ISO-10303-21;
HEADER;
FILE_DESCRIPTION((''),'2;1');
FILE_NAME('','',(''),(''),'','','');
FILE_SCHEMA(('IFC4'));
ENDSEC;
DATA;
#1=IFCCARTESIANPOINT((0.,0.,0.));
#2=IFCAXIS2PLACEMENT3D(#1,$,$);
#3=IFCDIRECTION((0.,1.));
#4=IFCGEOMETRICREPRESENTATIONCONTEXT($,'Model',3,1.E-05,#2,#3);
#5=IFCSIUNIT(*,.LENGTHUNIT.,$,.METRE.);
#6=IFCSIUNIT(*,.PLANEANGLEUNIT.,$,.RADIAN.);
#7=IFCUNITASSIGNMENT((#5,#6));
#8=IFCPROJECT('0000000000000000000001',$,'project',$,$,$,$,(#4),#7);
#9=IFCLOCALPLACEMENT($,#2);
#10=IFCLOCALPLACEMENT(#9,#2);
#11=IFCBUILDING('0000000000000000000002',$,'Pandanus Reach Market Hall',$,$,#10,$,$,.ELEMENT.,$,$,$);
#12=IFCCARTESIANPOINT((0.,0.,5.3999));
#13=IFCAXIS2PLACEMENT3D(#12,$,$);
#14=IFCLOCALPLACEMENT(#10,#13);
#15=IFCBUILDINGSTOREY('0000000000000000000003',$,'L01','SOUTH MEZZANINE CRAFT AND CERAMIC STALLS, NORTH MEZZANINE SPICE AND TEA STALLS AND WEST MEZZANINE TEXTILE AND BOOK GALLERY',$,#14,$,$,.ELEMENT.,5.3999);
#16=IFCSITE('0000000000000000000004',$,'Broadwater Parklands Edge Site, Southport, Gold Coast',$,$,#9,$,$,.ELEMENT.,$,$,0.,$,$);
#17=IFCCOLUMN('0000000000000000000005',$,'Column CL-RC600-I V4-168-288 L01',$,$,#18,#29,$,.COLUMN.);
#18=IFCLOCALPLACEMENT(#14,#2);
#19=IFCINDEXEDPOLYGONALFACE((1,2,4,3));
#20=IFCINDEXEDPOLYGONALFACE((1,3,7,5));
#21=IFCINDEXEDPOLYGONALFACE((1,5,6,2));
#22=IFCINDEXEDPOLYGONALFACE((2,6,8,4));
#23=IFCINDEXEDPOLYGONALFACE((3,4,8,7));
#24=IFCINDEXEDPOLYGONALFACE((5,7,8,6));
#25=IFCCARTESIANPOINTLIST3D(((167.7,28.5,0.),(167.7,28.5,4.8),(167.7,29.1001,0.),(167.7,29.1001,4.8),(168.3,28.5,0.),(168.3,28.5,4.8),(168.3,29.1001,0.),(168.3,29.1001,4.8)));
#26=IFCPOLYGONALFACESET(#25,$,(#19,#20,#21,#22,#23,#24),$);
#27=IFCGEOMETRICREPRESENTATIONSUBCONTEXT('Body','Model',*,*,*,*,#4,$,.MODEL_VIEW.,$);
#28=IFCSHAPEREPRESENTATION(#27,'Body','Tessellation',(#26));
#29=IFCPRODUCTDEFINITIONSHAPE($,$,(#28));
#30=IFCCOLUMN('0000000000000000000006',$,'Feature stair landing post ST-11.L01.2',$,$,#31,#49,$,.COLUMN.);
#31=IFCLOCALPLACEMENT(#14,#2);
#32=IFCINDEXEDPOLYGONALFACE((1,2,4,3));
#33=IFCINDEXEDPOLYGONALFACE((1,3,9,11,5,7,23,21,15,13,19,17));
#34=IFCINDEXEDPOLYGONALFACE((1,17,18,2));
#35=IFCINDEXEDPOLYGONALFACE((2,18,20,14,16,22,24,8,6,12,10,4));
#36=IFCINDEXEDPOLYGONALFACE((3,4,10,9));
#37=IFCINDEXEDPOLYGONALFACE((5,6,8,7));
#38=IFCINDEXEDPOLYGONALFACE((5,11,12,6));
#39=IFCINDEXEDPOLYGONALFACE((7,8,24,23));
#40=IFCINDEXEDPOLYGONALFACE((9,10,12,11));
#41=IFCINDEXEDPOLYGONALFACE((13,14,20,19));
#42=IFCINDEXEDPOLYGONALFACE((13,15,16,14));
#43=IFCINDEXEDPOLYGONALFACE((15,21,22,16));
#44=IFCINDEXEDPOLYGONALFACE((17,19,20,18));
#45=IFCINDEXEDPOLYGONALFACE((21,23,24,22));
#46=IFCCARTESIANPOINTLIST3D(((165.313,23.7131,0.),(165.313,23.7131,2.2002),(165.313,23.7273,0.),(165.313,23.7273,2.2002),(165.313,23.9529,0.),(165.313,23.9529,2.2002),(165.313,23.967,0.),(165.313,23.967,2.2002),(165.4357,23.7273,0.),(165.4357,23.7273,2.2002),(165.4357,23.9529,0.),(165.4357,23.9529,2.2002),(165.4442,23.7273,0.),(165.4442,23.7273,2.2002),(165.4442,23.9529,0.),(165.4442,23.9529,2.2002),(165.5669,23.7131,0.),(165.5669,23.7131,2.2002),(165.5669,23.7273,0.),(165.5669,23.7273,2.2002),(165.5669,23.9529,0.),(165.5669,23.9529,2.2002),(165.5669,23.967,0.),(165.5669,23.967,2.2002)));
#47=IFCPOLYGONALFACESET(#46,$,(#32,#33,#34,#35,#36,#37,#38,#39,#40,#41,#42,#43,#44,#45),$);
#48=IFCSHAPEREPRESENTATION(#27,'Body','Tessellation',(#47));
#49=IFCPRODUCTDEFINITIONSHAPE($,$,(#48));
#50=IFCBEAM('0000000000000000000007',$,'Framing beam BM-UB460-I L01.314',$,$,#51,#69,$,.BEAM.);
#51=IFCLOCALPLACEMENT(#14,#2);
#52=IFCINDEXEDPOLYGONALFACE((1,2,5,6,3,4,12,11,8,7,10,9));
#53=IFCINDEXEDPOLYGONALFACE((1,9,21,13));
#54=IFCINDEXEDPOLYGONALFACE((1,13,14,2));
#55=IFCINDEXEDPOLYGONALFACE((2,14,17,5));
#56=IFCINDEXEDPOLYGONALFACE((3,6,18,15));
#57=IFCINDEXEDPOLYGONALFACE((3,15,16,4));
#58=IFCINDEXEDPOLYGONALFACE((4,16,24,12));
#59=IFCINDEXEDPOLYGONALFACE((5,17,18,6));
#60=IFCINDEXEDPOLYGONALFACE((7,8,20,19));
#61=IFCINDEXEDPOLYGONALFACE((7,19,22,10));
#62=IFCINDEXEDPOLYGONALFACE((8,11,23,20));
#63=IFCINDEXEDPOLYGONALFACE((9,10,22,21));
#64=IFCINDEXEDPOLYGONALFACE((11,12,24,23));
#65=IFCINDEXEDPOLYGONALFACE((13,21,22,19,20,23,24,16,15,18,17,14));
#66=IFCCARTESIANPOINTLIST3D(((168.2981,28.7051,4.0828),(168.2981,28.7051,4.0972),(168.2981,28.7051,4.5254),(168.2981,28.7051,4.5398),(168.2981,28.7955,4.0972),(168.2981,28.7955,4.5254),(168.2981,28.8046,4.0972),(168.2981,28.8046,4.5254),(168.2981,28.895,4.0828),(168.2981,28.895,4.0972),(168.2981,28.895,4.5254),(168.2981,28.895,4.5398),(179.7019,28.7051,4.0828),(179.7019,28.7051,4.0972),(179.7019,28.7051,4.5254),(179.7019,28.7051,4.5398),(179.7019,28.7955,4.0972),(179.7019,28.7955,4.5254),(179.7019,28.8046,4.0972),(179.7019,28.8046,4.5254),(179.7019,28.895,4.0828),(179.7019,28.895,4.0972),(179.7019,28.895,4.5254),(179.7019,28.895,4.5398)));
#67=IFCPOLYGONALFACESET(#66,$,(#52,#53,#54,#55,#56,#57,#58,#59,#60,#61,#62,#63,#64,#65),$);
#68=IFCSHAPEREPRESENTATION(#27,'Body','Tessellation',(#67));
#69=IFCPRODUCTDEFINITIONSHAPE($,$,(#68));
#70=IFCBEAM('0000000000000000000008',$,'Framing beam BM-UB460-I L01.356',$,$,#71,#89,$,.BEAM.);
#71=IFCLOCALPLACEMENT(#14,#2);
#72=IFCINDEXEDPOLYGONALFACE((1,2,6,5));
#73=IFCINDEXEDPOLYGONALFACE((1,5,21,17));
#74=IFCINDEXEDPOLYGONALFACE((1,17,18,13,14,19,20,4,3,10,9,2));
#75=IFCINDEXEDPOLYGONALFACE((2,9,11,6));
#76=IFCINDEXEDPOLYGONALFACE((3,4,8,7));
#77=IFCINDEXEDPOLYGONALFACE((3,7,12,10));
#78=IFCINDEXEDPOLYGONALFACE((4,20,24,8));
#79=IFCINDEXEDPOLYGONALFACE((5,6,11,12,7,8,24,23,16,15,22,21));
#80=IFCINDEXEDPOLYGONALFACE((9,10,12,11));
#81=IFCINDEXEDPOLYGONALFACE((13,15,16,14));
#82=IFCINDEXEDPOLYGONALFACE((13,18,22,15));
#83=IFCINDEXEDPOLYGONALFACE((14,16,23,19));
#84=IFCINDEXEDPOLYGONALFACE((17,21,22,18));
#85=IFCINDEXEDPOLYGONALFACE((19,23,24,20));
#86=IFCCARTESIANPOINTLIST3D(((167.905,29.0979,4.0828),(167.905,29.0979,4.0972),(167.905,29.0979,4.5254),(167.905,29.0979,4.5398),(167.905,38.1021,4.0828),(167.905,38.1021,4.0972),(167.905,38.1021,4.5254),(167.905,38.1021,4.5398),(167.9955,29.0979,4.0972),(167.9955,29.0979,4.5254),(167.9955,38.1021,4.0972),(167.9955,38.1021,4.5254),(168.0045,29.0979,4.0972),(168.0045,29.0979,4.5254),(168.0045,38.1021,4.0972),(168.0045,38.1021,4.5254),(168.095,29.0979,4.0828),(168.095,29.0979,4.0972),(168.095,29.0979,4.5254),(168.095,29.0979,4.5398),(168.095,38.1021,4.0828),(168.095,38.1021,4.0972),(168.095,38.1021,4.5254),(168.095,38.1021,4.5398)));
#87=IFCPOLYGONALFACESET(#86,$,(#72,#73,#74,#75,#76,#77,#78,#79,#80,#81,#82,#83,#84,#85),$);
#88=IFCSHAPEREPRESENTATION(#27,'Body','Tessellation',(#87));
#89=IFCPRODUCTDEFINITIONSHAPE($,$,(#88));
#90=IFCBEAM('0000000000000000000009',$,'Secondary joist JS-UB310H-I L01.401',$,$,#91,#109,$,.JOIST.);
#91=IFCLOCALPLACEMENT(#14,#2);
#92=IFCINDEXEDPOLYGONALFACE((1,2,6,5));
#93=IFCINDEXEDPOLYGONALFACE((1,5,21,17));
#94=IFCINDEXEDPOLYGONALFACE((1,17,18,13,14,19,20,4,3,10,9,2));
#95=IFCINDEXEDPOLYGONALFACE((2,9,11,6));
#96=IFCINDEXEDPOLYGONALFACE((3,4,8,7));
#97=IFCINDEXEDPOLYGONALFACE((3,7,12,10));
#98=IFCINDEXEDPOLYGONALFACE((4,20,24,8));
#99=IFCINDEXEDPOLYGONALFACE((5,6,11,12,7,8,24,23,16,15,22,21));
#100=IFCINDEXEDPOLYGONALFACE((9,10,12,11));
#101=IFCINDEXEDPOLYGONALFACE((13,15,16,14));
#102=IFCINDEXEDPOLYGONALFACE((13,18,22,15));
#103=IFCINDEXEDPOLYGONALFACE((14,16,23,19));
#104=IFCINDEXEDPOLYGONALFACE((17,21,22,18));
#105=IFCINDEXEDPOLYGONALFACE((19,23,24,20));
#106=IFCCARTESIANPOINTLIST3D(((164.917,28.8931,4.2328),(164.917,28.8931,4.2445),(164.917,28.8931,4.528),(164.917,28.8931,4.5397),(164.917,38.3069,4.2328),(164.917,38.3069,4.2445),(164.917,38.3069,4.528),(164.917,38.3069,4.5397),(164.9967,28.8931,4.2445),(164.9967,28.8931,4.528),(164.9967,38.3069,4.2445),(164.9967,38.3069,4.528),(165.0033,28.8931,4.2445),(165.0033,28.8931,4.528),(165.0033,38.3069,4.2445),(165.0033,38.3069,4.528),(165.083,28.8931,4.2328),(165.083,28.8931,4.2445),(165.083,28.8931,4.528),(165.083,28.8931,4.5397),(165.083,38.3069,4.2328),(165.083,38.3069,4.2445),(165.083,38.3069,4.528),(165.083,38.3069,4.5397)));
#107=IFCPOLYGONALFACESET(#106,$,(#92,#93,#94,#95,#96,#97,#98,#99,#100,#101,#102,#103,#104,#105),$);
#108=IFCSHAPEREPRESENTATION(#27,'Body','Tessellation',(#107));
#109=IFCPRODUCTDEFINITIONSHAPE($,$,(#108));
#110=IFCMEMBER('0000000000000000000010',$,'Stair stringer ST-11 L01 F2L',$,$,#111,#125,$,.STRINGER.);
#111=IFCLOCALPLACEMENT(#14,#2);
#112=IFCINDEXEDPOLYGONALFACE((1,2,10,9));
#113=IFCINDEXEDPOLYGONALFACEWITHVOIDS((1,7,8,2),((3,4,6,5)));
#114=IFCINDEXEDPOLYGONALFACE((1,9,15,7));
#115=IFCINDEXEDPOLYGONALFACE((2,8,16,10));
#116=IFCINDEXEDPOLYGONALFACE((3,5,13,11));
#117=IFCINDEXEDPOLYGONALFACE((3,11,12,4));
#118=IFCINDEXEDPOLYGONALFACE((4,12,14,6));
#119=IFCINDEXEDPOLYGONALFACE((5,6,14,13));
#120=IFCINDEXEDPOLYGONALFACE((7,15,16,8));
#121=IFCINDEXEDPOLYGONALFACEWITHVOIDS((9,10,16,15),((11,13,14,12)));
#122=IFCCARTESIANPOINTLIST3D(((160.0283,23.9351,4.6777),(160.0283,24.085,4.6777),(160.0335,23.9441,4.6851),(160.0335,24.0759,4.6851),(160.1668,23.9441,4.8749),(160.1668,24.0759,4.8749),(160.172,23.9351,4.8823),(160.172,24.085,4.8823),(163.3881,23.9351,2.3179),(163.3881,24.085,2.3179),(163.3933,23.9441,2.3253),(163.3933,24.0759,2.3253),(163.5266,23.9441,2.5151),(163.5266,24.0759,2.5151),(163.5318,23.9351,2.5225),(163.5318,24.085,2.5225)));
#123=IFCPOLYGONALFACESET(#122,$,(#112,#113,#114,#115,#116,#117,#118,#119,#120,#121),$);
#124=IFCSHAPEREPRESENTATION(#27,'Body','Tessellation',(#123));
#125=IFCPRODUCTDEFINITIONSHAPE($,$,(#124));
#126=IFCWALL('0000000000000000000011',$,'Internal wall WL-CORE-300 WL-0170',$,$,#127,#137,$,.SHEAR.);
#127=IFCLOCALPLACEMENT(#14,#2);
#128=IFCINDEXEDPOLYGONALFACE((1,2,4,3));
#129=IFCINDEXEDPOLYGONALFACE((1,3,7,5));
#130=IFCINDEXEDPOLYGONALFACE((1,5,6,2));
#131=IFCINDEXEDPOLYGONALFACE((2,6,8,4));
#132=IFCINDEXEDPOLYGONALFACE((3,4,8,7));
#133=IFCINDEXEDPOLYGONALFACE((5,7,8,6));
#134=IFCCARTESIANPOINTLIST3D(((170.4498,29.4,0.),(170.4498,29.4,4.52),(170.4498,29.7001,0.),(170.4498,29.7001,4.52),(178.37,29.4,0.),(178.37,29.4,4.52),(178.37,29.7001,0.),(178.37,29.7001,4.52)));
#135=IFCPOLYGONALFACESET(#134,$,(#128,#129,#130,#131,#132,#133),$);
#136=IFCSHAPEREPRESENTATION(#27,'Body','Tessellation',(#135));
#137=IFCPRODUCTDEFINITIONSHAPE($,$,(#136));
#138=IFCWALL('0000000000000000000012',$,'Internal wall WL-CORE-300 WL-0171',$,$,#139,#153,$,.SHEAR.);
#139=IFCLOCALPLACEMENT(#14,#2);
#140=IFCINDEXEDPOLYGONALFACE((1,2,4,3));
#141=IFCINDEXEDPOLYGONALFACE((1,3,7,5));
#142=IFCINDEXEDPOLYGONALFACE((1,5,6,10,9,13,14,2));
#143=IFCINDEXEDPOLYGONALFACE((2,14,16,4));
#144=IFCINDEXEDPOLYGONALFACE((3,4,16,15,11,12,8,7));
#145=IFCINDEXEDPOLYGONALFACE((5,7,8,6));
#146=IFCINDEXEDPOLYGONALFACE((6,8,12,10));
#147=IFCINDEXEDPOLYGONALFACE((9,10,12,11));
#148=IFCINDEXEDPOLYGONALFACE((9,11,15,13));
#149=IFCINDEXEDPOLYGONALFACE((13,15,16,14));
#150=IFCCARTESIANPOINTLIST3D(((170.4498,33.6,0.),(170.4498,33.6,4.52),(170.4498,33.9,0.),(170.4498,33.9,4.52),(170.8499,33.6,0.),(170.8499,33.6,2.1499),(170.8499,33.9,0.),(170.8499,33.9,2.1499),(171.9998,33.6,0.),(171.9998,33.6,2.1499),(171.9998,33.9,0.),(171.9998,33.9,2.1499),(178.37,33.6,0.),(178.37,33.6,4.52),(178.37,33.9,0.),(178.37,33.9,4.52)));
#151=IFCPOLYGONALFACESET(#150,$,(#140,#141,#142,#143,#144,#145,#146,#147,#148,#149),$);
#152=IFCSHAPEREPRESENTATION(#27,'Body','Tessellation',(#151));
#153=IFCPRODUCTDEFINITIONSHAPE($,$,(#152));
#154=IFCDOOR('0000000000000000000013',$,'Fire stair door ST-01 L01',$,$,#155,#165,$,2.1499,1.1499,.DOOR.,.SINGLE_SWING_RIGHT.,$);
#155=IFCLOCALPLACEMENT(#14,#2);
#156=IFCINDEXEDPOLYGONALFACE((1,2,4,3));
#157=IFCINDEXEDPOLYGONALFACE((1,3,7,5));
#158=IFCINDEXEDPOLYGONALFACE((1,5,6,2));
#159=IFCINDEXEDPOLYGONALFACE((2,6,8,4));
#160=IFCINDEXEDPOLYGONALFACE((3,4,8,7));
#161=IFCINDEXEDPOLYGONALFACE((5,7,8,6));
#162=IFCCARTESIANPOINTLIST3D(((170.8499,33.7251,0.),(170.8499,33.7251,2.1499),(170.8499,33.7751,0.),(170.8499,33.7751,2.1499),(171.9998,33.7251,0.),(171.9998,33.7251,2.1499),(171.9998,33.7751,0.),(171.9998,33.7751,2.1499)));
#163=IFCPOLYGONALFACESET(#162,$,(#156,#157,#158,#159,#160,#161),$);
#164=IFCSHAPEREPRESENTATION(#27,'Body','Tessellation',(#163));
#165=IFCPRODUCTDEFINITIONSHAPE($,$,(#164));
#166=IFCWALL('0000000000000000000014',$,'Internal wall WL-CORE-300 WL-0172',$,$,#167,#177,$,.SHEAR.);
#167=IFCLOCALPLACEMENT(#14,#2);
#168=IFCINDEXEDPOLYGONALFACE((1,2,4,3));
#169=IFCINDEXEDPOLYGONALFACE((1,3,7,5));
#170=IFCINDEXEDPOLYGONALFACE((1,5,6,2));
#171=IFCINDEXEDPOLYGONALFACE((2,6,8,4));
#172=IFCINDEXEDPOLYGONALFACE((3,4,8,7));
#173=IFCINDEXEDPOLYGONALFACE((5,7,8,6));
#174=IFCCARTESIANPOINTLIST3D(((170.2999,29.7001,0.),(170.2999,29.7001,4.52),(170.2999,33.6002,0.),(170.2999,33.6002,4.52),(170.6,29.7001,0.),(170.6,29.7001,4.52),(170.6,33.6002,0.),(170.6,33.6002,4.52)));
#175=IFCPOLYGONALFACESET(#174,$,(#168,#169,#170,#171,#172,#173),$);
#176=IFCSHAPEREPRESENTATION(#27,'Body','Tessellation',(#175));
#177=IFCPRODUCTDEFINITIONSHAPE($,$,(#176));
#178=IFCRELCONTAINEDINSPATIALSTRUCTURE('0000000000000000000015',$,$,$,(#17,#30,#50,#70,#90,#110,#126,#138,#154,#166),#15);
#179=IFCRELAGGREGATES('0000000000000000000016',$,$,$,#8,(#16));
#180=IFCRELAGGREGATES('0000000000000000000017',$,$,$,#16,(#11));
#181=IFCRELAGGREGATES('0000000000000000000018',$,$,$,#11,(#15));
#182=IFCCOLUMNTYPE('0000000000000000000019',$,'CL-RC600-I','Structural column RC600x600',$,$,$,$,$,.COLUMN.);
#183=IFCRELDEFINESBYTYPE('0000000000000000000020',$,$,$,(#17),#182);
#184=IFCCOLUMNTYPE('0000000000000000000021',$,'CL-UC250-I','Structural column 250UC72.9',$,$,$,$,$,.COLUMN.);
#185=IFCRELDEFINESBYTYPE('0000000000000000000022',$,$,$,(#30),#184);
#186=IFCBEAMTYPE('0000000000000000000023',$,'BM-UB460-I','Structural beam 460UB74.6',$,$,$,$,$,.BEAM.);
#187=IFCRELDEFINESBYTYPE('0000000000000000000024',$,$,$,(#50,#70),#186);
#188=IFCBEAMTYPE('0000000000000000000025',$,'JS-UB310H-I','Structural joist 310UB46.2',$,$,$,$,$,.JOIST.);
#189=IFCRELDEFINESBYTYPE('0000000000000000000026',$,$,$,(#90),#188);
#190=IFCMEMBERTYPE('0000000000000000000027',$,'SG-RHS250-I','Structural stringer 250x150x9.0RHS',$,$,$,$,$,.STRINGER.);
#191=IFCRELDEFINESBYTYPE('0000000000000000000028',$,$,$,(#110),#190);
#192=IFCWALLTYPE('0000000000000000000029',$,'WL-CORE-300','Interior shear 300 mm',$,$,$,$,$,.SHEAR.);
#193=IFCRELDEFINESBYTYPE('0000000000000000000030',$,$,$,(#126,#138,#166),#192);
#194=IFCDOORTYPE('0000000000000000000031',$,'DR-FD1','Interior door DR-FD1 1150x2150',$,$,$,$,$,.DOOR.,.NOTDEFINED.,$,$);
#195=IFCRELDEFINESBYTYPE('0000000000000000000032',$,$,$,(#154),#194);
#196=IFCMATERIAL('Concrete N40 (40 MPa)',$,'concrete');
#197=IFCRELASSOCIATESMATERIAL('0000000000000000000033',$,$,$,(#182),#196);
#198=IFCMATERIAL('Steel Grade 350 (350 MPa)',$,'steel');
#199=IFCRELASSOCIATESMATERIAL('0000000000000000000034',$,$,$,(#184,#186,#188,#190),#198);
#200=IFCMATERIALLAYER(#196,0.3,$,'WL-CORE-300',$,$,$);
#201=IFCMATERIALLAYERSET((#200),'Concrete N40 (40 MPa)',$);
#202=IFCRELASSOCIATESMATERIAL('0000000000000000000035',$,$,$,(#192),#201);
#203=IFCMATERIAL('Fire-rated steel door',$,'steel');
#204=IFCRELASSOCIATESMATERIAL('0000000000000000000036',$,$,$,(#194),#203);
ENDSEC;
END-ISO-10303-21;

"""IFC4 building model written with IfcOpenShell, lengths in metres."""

from ifc_helpers import new_model, si_unit, direction, frame, frame_2d, origin, origin_2d, place, context, subcontext, project, spatial, rectangle, hollow_rectangle, i_section, extrude, material, layer, layer_set, material_profile, profile_set, type_object, element, fill, save


model = new_model("IFC4")

# Units and contexts
model_context = context("Model", 3, precision=1e-05, world=origin(), true_north=direction((0.0, 1.0)))
body_context = subcontext(model_context, "Body", "Model", "MODEL_VIEW")
ifc_project = project(units=[si_unit("LENGTHUNIT", "METRE"), si_unit("PLANEANGLEUNIT", "RADIAN")], contexts=[model_context])

# Site, building, storey
site_placement = place(None, origin())
site = spatial("IfcSite", under=ifc_project, at=site_placement, Name="Broadwater Parklands Edge Site, Southport, Gold Coast", CompositionType="ELEMENT", RefElevation=0.0)
building_placement = place(site_placement, origin())
building = spatial("IfcBuilding", under=site, at=building_placement, Name="Pandanus Reach Market Hall", CompositionType="ELEMENT")
storey_placement = place(building_placement, frame((0.0, 0.0, 5.3999)))
storey = spatial("IfcBuildingStorey", under=building, at=storey_placement, Name="L01", Description="SOUTH MEZZANINE CRAFT AND CERAMIC STALLS, NORTH MEZZANINE SPICE AND TEA STALLS AND WEST MEZZANINE TEXTILE AND BOOK GALLERY", CompositionType="ELEMENT", Elevation=5.3999)

# Columns
ifc_material_1 = material(Name="Concrete N40 (40 MPa)", Category="concrete")
ifc_material_profile_1 = material_profile(ifc_material_1, rectangle(XDim=0.6001, YDim=0.6001, at=origin_2d()), Name="RC600x600", Category="LoadBearing")
ifc_profile_set_1 = profile_set([ifc_material_profile_1], Name="Concrete N40 (40 MPa)")
column_type_1 = type_object("IfcColumnType", Name="CL-RC600-I", Description="Structural column RC600x600", PredefinedType="COLUMN", material=ifc_profile_set_1)
column_1_placement = place(storey_placement, frame((168.0, 28.8, 0.0), z_axis=(0.0, 0.0, 1.0), x_axis=(1.0, 0.0, 0.0)))
element("IfcColumn", 1, at=column_1_placement, inside=storey, type_object=column_type_1, Name="Column CL-RC600-I V4-168-288 L01", PredefinedType="COLUMN", context=body_context, shape_type="SweptSolid", body=[
    extrude(rectangle(XDim=0.6001, YDim=0.6001, at=origin_2d()), origin(), (0.0, 0.0, 1.0), 4.8),
])
ifc_material_2 = material(Name="Steel Grade 350 (350 MPa)", Category="steel")
ifc_material_profile_2 = material_profile(ifc_material_2, i_section(OverallWidth=0.2539, OverallDepth=0.2539, WebThickness=0.0085, FlangeThickness=0.0142, at=origin_2d()), Name="250UC72.9", Category="LoadBearing")
ifc_profile_set_2 = profile_set([ifc_material_profile_2], Name="Steel Grade 350 (350 MPa)")
column_type_2 = type_object("IfcColumnType", Name="CL-UC250-I", Description="Structural column 250UC72.9", PredefinedType="COLUMN", material=ifc_profile_set_2)
column_2_placement = place(storey_placement, frame((165.4399, 23.8401, 0.0), z_axis=(0.0, 0.0, 1.0), x_axis=(1.0, 0.0, 0.0)))
element("IfcColumn", 2, at=column_2_placement, inside=storey, type_object=column_type_2, Name="Feature stair landing post ST-11.L01.2", PredefinedType="COLUMN", context=body_context, shape_type="SweptSolid", body=[
    extrude(i_section(OverallWidth=0.2539, OverallDepth=0.2539, WebThickness=0.0085, FlangeThickness=0.0142, at=origin_2d()), origin(), (0.0, 0.0, 1.0), 2.2002),
])

# Beams
ifc_material_profile_3 = material_profile(ifc_material_2, i_section(OverallWidth=0.1899, OverallDepth=0.457, WebThickness=0.009, FlangeThickness=0.0144, at=origin_2d()), Name="460UB74.6", Category="LoadBearing")
ifc_profile_set_3 = profile_set([ifc_material_profile_3], Name="Steel Grade 350 (350 MPa)")
beam_type_1 = type_object("IfcBeamType", Name="BM-UB460-I", Description="Structural beam 460UB74.6", PredefinedType="BEAM", material=ifc_profile_set_3)
beam_1_placement = place(storey_placement, frame((168.2981, 28.8, 4.3113), z_axis=(1.0, 0.0, 0.0), x_axis=(0.0, 1.0, 0.0)))
element("IfcBeam", 3, at=beam_1_placement, inside=storey, type_object=beam_type_1, Name="Framing beam BM-UB460-I L01.314", PredefinedType="BEAM", context=body_context, shape_type="SweptSolid", body=[
    extrude(i_section(OverallWidth=0.1899, OverallDepth=0.457, WebThickness=0.009, FlangeThickness=0.0144, at=origin_2d()), origin(), (0.0, 0.0, 1.0), 11.4038),
])
beam_2_placement = place(storey_placement, frame((168.0, 29.0979, 4.3113), z_axis=(0.0, 1.0, 0.0), x_axis=(-1.0, 0.0, 0.0)))
element("IfcBeam", 4, at=beam_2_placement, inside=storey, type_object=beam_type_1, Name="Framing beam BM-UB460-I L01.356", PredefinedType="BEAM", context=body_context, shape_type="SweptSolid", body=[
    extrude(i_section(OverallWidth=0.1899, OverallDepth=0.457, WebThickness=0.009, FlangeThickness=0.0144, at=origin_2d()), origin(), (0.0, 0.0, 1.0), 9.0042),
])
ifc_material_profile_4 = material_profile(ifc_material_2, i_section(OverallWidth=0.166, OverallDepth=0.3069, WebThickness=0.0066, FlangeThickness=0.0117, at=origin_2d()), Name="310UB46.2", Category="LoadBearing")
ifc_profile_set_4 = profile_set([ifc_material_profile_4], Name="Steel Grade 350 (350 MPa)")
beam_type_2 = type_object("IfcBeamType", Name="JS-UB310H-I", Description="Structural joist 310UB46.2", PredefinedType="JOIST", material=ifc_profile_set_4)
beam_3_placement = place(storey_placement, frame((165.0, 28.8931, 4.3862), z_axis=(0.0, 1.0, 0.0), x_axis=(-1.0, 0.0, 0.0)))
element("IfcBeam", 5, at=beam_3_placement, inside=storey, type_object=beam_type_2, Name="Secondary joist JS-UB310H-I L01.401", PredefinedType="JOIST", context=body_context, shape_type="SweptSolid", body=[
    extrude(i_section(OverallWidth=0.166, OverallDepth=0.3069, WebThickness=0.0066, FlangeThickness=0.0117, at=origin_2d()), origin(), (0.0, 0.0, 1.0), 9.4138),
])

# Member
ifc_material_profile_5 = material_profile(ifc_material_2, hollow_rectangle(XDim=0.1499, YDim=0.25, WallThickness=0.009, at=origin_2d()), Name="250x150x9.0RHS", Category="LoadBearing")
ifc_profile_set_5 = profile_set([ifc_material_profile_5], Name="Steel Grade 350 (350 MPa)")
member_type = type_object("IfcMemberType", Name="SG-RHS250-I", Description="Structural stringer 250x150x9.0RHS", PredefinedType="STRINGER", material=ifc_profile_set_5)
member_placement = place(storey_placement, frame((163.46, 24.01, 2.4202), z_axis=(-0.81832, 0.0, 0.574763), x_axis=(0.0, -1.0, 0.0)))
element("IfcMember", 6, at=member_placement, inside=storey, type_object=member_type, Name="Stair stringer ST-11 L01 F2L", PredefinedType="STRINGER", context=body_context, shape_type="SweptSolid", body=[
    extrude(hollow_rectangle(XDim=0.1499, YDim=0.25, WallThickness=0.009, at=origin_2d()), origin(), (0.0, 0.0, 1.0), 4.1057),
])

# Wall
ifc_layer_1 = layer(ifc_material_1, 0.3, Name="WL-CORE-300")
ifc_layer_set_1 = layer_set([ifc_layer_1], Name="Concrete N40 (40 MPa)")
wall_type_1 = type_object("IfcWallType", Name="WL-CORE-300", Description="Interior shear 300 mm", PredefinedType="SHEAR", material=ifc_layer_set_1)
wall_1_placement = place(storey_placement, frame((170.45, 29.55, 0.0), z_axis=(0.0, 0.0, 1.0), x_axis=(1.0, 0.0, 0.0)))
element("IfcWall", 7, at=wall_1_placement, inside=storey, type_object=wall_type_1, Name="Internal wall WL-CORE-300 WL-0170", PredefinedType="SHEAR", context=body_context, shape_type="SweptSolid", body=[
    extrude(rectangle(XDim=7.9202, YDim=0.3, at=frame_2d((3.96, 0.0))), origin(), (0.0, 0.0, 1.0), 4.52),
])

# Wall, opening, door
wall_2_placement = place(storey_placement, frame((170.45, 33.75, 0.0), z_axis=(0.0, 0.0, 1.0), x_axis=(1.0, 0.0, 0.0)))
wall_2 = element("IfcWall", 8, at=wall_2_placement, inside=storey, type_object=wall_type_1, Name="Internal wall WL-CORE-300 WL-0171", PredefinedType="SHEAR", context=body_context, shape_type="SweptSolid", body=[
    extrude(rectangle(XDim=7.9202, YDim=0.3, at=frame_2d((3.96, 0.0))), origin(), (0.0, 0.0, 1.0), 4.52),
])
opening_1_placement = place(wall_2_placement, frame((0.3999, 0.0, 0.0)))
opening_1 = element("IfcOpeningElement", 9, at=opening_1_placement, cuts=wall_2, PredefinedType="OPENING", context=body_context, shape_type="SweptSolid", body=[
    extrude(rectangle(XDim=1.1499, YDim=2.1499, at=frame_2d((0.575, 1.075))), frame((0.0, 0.165, 0.0), z_axis=(0.0, -1.0, 0.0), x_axis=(1.0, 0.0, 0.0)), (0.0, 0.0, 1.0), 0.3301),
])
ifc_material_3 = material(Name="Fire-rated steel door", Category="steel")
door_type_1 = type_object("IfcDoorType", Name="DR-FD1", Description="Interior door DR-FD1 1150x2150", OperationType="NOTDEFINED", PredefinedType="DOOR", material=ifc_material_3)
door_1_placement = place(opening_1_placement, frame((1.1499, 0.0, 0.0), z_axis=(0.0, 0.0, 1.0), x_axis=(-1.0, 0.0, 0.0)))
door_1 = element("IfcDoor", 10, at=door_1_placement, inside=storey, type_object=door_type_1, Name="Fire stair door ST-01 L01", OperationType="SINGLE_SWING_RIGHT", OverallHeight=2.1499, OverallWidth=1.1499, PredefinedType="DOOR", context=body_context, shape_type="SweptSolid", body=[
    extrude(rectangle(XDim=1.1499, YDim=2.1499, at=frame_2d((0.575, 1.075))), frame((0.0, 0.0249, 0.0), z_axis=(0.0, -1.0, 0.0), x_axis=(1.0, 0.0, 0.0)), (0.0, 0.0, 1.0), 0.05),
])
fill(opening_1, door_1)

# Wall
wall_3_placement = place(storey_placement, frame((170.45, 29.7, 0.0), z_axis=(0.0, 0.0, 1.0), x_axis=(0.0, 1.0, 0.0)))
element("IfcWall", 11, at=wall_3_placement, inside=storey, type_object=wall_type_1, Name="Internal wall WL-CORE-300 WL-0172", PredefinedType="SHEAR", context=body_context, shape_type="SweptSolid", body=[
    extrude(rectangle(XDim=3.9001, YDim=0.3, at=frame_2d((1.9502, 0.0))), origin(), (0.0, 0.0, 1.0), 4.52),
])

save(model, "model.ifc")
